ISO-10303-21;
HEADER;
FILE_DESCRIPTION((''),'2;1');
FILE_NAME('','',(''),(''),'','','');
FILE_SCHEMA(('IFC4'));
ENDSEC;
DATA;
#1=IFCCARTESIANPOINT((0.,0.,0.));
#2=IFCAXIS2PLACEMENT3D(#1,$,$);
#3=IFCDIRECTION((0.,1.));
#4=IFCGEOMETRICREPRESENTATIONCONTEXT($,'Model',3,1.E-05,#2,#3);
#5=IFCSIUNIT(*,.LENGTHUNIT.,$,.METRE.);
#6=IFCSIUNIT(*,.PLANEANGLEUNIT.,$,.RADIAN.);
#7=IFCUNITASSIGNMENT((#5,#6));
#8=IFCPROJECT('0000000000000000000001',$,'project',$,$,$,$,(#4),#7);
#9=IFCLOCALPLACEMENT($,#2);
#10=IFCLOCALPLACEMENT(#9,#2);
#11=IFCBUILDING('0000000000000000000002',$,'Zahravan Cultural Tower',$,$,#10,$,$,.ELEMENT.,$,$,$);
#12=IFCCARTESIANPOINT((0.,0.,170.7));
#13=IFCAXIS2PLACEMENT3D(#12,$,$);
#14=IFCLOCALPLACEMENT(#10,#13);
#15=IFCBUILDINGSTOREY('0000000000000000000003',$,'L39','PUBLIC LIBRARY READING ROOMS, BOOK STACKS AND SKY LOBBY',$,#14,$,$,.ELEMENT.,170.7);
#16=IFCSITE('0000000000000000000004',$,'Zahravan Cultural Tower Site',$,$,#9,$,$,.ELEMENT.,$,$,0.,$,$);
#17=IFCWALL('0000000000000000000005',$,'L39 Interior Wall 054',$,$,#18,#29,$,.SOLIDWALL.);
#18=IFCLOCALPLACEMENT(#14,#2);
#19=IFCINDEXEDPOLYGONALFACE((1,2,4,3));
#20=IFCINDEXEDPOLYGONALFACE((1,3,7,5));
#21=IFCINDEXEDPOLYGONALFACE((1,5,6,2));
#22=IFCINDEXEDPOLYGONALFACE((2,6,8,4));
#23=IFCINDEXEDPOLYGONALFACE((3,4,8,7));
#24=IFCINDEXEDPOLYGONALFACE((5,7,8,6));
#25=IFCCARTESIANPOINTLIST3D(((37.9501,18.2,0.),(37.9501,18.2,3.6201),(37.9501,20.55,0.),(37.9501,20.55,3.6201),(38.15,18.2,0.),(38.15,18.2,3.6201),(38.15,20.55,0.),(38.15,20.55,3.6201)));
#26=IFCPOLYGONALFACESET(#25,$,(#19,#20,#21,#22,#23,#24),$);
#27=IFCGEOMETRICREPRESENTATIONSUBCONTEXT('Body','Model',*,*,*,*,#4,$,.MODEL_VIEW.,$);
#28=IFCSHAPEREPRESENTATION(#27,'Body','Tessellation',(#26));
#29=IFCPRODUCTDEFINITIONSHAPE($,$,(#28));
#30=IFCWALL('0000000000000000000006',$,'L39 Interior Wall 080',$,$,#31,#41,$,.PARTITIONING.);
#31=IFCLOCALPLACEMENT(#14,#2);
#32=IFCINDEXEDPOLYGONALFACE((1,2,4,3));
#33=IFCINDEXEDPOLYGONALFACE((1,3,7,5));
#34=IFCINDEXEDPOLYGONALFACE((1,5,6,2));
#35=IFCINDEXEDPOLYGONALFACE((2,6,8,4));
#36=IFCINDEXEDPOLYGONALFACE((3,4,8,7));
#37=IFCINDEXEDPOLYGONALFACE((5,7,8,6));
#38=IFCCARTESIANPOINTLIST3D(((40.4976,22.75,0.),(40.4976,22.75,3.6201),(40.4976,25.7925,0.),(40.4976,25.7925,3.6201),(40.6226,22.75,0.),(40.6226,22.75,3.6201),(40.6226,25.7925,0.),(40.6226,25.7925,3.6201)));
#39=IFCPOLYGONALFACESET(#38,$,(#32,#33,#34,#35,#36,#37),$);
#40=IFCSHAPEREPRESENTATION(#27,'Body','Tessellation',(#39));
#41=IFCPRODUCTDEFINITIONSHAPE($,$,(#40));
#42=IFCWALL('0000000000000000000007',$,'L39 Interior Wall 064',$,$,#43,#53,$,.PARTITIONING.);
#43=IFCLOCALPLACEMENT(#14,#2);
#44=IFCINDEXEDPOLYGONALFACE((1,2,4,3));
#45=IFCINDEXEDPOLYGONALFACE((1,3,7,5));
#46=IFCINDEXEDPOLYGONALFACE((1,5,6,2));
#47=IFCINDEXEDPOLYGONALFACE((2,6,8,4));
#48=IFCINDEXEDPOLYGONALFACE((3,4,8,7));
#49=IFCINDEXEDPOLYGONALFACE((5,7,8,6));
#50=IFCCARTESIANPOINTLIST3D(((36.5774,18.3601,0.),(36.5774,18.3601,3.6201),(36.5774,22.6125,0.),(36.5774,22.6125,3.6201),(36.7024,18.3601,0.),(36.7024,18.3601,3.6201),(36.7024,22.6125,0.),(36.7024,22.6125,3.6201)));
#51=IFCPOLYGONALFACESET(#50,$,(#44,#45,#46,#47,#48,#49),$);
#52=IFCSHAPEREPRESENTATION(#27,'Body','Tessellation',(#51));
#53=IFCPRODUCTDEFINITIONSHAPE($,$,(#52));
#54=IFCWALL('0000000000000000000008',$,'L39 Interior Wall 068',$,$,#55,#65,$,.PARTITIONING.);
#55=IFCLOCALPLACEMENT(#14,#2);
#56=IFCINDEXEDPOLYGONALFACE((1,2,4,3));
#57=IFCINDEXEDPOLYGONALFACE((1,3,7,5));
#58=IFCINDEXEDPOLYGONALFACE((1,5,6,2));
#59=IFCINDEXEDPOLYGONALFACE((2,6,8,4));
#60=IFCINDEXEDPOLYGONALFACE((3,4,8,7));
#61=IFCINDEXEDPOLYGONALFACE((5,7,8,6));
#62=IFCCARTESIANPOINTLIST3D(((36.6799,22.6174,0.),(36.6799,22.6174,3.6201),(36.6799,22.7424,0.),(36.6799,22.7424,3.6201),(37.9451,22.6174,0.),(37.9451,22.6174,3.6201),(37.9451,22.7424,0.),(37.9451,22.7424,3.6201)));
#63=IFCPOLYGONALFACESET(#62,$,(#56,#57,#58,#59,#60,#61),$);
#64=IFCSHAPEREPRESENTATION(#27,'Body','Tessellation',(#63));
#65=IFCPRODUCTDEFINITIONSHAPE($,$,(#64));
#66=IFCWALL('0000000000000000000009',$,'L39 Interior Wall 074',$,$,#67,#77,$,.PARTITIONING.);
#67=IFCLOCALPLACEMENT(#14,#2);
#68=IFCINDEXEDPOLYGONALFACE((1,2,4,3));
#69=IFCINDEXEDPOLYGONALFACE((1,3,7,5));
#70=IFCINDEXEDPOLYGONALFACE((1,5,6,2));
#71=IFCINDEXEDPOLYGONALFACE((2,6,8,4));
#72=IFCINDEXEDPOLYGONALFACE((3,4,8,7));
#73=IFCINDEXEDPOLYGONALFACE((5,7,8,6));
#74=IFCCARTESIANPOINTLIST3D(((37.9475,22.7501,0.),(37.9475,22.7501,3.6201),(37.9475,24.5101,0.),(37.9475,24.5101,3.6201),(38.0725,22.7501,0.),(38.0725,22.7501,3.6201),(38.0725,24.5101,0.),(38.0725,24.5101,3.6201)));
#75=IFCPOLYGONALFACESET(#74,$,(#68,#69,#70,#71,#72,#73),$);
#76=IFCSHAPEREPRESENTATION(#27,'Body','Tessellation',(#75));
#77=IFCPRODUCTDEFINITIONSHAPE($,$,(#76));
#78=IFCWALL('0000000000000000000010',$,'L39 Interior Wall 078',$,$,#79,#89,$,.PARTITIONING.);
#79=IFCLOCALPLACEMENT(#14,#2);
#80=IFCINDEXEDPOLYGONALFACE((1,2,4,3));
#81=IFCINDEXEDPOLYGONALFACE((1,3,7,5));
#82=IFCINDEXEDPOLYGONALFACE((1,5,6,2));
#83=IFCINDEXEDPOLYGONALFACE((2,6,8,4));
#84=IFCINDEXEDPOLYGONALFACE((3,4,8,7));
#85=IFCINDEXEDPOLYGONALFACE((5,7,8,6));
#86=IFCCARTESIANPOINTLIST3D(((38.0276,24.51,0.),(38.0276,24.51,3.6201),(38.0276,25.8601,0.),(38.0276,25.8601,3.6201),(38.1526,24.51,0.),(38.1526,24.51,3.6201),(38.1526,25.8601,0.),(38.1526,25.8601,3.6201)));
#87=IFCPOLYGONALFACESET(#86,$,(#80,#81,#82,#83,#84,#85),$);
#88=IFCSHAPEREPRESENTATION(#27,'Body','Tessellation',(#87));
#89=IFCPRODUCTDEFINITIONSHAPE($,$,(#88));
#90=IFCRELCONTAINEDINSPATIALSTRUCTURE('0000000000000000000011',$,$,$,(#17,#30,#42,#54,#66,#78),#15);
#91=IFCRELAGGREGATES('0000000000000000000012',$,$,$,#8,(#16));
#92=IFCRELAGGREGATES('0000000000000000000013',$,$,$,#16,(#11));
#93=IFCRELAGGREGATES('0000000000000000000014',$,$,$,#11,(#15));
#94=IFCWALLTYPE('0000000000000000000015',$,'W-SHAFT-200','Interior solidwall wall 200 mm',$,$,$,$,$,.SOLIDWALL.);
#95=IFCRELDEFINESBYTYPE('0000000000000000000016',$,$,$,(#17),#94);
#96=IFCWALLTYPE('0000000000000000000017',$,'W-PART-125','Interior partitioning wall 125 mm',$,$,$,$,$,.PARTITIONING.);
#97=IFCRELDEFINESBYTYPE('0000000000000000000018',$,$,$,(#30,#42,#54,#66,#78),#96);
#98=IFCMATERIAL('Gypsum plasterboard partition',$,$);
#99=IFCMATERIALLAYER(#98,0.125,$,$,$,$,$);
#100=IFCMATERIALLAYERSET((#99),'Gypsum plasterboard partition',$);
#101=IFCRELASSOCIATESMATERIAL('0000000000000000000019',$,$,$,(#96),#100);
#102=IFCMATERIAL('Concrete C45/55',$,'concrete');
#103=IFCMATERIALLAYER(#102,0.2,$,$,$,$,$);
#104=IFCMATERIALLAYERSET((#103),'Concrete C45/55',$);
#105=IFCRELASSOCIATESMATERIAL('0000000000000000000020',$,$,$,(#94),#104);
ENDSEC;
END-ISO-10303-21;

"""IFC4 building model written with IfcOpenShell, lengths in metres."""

from ifc_helpers import new_model, si_unit, direction, frame, frame_2d, origin, place, context, subcontext, project, spatial, rectangle, extrude, source, transform, mapped, material, layer, layer_set, type_object, element, save


model = new_model("IFC4")

# Units and contexts
model_context = context("Model", 3, precision=1e-05, world=origin(), true_north=direction((0.0, 1.0)))
body_context = subcontext(model_context, "Body", "Model", "MODEL_VIEW")
ifc_project = project(units=[si_unit("LENGTHUNIT", "METRE"), si_unit("PLANEANGLEUNIT", "RADIAN")], contexts=[model_context])

# Site, building, storey
site_placement = place(None, origin())
site = spatial("IfcSite", under=ifc_project, at=site_placement, Name="Zahravan Cultural Tower Site", CompositionType="ELEMENT", RefElevation=0.0)
building_placement = place(site_placement, origin())
building = spatial("IfcBuilding", under=site, at=building_placement, Name="Zahravan Cultural Tower", CompositionType="ELEMENT")
storey_placement = place(building_placement, frame((0.0, 0.0, 170.7)))
storey = spatial("IfcBuildingStorey", under=building, at=storey_placement, Name="L39", Description="PUBLIC LIBRARY READING ROOMS, BOOK STACKS AND SKY LOBBY", CompositionType="ELEMENT", Elevation=170.7)

# Shared definitions
ifc_material_1 = material(Name="Gypsum plasterboard partition")
ifc_layer_1 = layer(ifc_material_1, 0.125)
ifc_layer_set_1 = layer_set([ifc_layer_1], Name="Gypsum plasterboard partition")
wall_type_1 = type_object("IfcWallType", Name="W-PART-125", Description="Interior partitioning wall 125 mm", PredefinedType="PARTITIONING", material=ifc_layer_set_1)
ifc_material_2 = material(Name="Concrete C45/55", Category="concrete")
ifc_layer_2 = layer(ifc_material_2, 0.2)
ifc_layer_set_2 = layer_set([ifc_layer_2], Name="Concrete C45/55")
wall_type_2 = type_object("IfcWallType", Name="W-SHAFT-200", Description="Interior solidwall wall 200 mm", PredefinedType="SOLIDWALL", material=ifc_layer_set_2)

# Walls
shared_shape_1 = source(origin(), body_context, "Body", "SweptSolid", [
    extrude(rectangle(XDim=2.3501, YDim=0.2, at=frame_2d((1.175, 0.0))), origin(), (0.0, 0.0, 1.0), 3.6201),
])
for number, where, z_axis, x_axis, name in (
    (1, (38.05, 18.2, 0.0), (0.0, 0.0, 1.0), (0.0, 1.0, 0.0), "L39 Interior Wall 054"),
):
    element("IfcWall", number, at=place(storey_placement, frame(where, z_axis=z_axis, x_axis=x_axis)), inside=storey, type_object=wall_type_2, Name=name, PredefinedType="SOLIDWALL", context=body_context, shape_type="MappedRepresentation", body=[
        mapped(shared_shape_1, transform((0.0, 0.0, 0.0), x_axis=(1.0, 0.0, 0.0), y_axis=(0.0, 1.0, 0.0), z_axis=(0.0, 0.0, 1.0), scale=1.0)),
    ])
shared_shape_2 = source(origin(), body_context, "Body", "SweptSolid", [
    extrude(rectangle(XDim=3.0425, YDim=0.125, at=frame_2d((1.5212, 0.0))), origin(), (0.0, 0.0, 1.0), 3.6201),
])
wall_1_placement = place(storey_placement, frame((40.5601, 25.7925, 0.0), z_axis=(0.0, 0.0, 1.0), x_axis=(0.0, -1.0, 0.0)))
element("IfcWall", 2, at=wall_1_placement, inside=storey, type_object=wall_type_1, Name="L39 Interior Wall 080", PredefinedType="PARTITIONING", context=body_context, shape_type="MappedRepresentation", body=[
    mapped(shared_shape_2, transform((0.0, 0.0, 0.0), x_axis=(1.0, 0.0, 0.0), y_axis=(0.0, 1.0, 0.0), z_axis=(0.0, 0.0, 1.0), scale=1.0)),
])
shared_shape_3 = source(origin(), body_context, "Body", "SweptSolid", [
    extrude(rectangle(XDim=4.2524, YDim=0.125, at=frame_2d((2.1262, 0.0))), origin(), (0.0, 0.0, 1.0), 3.6201),
])
wall_2_placement = place(storey_placement, frame((36.6399, 22.6125, 0.0), z_axis=(0.0, 0.0, 1.0), x_axis=(0.0, -1.0, 0.0)))
element("IfcWall", 3, at=wall_2_placement, inside=storey, type_object=wall_type_1, Name="L39 Interior Wall 064", PredefinedType="PARTITIONING", context=body_context, shape_type="MappedRepresentation", body=[
    mapped(shared_shape_3, transform((0.0, 0.0, 0.0), x_axis=(1.0, 0.0, 0.0), y_axis=(0.0, 1.0, 0.0), z_axis=(0.0, 0.0, 1.0), scale=1.0)),
])
shared_shape_4 = source(origin(), body_context, "Body", "SweptSolid", [
    extrude(rectangle(XDim=1.2651, YDim=0.125, at=frame_2d((0.6326, 0.0))), origin(), (0.0, 0.0, 1.0), 3.6201),
])
wall_3_placement = place(storey_placement, frame((36.6799, 22.6799, 0.0), z_axis=(0.0, 0.0, 1.0), x_axis=(1.0, 0.0, 0.0)))
element("IfcWall", 4, at=wall_3_placement, inside=storey, type_object=wall_type_1, Name="L39 Interior Wall 068", PredefinedType="PARTITIONING", context=body_context, shape_type="MappedRepresentation", body=[
    mapped(shared_shape_4, transform((0.0, 0.0, 0.0), x_axis=(1.0, 0.0, 0.0), y_axis=(0.0, 1.0, 0.0), z_axis=(0.0, 0.0, 1.0), scale=1.0)),
])
shared_shape_5 = source(origin(), body_context, "Body", "SweptSolid", [
    extrude(rectangle(XDim=1.76, YDim=0.125, at=frame_2d((0.8799, 0.0))), origin(), (0.0, 0.0, 1.0), 3.6201),
])
wall_4_placement = place(storey_placement, frame((38.01, 24.51, 0.0), z_axis=(0.0, 0.0, 1.0), x_axis=(0.0, -1.0, 0.0)))
element("IfcWall", 5, at=wall_4_placement, inside=storey, type_object=wall_type_1, Name="L39 Interior Wall 074", PredefinedType="PARTITIONING", context=body_context, shape_type="MappedRepresentation", body=[
    mapped(shared_shape_5, transform((0.0, 0.0, 0.0), x_axis=(1.0, 0.0, 0.0), y_axis=(0.0, 1.0, 0.0), z_axis=(0.0, 0.0, 1.0), scale=1.0)),
])
shared_shape_6 = source(origin(), body_context, "Body", "SweptSolid", [
    extrude(rectangle(XDim=1.3501, YDim=0.125, at=frame_2d((0.675, 0.0))), origin(), (0.0, 0.0, 1.0), 3.6201),
])
wall_5_placement = place(storey_placement, frame((38.0901, 24.51, 0.0), z_axis=(0.0, 0.0, 1.0), x_axis=(0.0, 1.0, 0.0)))
element("IfcWall", 6, at=wall_5_placement, inside=storey, type_object=wall_type_1, Name="L39 Interior Wall 078", PredefinedType="PARTITIONING", context=body_context, shape_type="MappedRepresentation", body=[
    mapped(shared_shape_6, transform((0.0, 0.0, 0.0), x_axis=(1.0, 0.0, 0.0), y_axis=(0.0, 1.0, 0.0), z_axis=(0.0, 0.0, 1.0), scale=1.0)),
])

save(model, "model.ifc")
